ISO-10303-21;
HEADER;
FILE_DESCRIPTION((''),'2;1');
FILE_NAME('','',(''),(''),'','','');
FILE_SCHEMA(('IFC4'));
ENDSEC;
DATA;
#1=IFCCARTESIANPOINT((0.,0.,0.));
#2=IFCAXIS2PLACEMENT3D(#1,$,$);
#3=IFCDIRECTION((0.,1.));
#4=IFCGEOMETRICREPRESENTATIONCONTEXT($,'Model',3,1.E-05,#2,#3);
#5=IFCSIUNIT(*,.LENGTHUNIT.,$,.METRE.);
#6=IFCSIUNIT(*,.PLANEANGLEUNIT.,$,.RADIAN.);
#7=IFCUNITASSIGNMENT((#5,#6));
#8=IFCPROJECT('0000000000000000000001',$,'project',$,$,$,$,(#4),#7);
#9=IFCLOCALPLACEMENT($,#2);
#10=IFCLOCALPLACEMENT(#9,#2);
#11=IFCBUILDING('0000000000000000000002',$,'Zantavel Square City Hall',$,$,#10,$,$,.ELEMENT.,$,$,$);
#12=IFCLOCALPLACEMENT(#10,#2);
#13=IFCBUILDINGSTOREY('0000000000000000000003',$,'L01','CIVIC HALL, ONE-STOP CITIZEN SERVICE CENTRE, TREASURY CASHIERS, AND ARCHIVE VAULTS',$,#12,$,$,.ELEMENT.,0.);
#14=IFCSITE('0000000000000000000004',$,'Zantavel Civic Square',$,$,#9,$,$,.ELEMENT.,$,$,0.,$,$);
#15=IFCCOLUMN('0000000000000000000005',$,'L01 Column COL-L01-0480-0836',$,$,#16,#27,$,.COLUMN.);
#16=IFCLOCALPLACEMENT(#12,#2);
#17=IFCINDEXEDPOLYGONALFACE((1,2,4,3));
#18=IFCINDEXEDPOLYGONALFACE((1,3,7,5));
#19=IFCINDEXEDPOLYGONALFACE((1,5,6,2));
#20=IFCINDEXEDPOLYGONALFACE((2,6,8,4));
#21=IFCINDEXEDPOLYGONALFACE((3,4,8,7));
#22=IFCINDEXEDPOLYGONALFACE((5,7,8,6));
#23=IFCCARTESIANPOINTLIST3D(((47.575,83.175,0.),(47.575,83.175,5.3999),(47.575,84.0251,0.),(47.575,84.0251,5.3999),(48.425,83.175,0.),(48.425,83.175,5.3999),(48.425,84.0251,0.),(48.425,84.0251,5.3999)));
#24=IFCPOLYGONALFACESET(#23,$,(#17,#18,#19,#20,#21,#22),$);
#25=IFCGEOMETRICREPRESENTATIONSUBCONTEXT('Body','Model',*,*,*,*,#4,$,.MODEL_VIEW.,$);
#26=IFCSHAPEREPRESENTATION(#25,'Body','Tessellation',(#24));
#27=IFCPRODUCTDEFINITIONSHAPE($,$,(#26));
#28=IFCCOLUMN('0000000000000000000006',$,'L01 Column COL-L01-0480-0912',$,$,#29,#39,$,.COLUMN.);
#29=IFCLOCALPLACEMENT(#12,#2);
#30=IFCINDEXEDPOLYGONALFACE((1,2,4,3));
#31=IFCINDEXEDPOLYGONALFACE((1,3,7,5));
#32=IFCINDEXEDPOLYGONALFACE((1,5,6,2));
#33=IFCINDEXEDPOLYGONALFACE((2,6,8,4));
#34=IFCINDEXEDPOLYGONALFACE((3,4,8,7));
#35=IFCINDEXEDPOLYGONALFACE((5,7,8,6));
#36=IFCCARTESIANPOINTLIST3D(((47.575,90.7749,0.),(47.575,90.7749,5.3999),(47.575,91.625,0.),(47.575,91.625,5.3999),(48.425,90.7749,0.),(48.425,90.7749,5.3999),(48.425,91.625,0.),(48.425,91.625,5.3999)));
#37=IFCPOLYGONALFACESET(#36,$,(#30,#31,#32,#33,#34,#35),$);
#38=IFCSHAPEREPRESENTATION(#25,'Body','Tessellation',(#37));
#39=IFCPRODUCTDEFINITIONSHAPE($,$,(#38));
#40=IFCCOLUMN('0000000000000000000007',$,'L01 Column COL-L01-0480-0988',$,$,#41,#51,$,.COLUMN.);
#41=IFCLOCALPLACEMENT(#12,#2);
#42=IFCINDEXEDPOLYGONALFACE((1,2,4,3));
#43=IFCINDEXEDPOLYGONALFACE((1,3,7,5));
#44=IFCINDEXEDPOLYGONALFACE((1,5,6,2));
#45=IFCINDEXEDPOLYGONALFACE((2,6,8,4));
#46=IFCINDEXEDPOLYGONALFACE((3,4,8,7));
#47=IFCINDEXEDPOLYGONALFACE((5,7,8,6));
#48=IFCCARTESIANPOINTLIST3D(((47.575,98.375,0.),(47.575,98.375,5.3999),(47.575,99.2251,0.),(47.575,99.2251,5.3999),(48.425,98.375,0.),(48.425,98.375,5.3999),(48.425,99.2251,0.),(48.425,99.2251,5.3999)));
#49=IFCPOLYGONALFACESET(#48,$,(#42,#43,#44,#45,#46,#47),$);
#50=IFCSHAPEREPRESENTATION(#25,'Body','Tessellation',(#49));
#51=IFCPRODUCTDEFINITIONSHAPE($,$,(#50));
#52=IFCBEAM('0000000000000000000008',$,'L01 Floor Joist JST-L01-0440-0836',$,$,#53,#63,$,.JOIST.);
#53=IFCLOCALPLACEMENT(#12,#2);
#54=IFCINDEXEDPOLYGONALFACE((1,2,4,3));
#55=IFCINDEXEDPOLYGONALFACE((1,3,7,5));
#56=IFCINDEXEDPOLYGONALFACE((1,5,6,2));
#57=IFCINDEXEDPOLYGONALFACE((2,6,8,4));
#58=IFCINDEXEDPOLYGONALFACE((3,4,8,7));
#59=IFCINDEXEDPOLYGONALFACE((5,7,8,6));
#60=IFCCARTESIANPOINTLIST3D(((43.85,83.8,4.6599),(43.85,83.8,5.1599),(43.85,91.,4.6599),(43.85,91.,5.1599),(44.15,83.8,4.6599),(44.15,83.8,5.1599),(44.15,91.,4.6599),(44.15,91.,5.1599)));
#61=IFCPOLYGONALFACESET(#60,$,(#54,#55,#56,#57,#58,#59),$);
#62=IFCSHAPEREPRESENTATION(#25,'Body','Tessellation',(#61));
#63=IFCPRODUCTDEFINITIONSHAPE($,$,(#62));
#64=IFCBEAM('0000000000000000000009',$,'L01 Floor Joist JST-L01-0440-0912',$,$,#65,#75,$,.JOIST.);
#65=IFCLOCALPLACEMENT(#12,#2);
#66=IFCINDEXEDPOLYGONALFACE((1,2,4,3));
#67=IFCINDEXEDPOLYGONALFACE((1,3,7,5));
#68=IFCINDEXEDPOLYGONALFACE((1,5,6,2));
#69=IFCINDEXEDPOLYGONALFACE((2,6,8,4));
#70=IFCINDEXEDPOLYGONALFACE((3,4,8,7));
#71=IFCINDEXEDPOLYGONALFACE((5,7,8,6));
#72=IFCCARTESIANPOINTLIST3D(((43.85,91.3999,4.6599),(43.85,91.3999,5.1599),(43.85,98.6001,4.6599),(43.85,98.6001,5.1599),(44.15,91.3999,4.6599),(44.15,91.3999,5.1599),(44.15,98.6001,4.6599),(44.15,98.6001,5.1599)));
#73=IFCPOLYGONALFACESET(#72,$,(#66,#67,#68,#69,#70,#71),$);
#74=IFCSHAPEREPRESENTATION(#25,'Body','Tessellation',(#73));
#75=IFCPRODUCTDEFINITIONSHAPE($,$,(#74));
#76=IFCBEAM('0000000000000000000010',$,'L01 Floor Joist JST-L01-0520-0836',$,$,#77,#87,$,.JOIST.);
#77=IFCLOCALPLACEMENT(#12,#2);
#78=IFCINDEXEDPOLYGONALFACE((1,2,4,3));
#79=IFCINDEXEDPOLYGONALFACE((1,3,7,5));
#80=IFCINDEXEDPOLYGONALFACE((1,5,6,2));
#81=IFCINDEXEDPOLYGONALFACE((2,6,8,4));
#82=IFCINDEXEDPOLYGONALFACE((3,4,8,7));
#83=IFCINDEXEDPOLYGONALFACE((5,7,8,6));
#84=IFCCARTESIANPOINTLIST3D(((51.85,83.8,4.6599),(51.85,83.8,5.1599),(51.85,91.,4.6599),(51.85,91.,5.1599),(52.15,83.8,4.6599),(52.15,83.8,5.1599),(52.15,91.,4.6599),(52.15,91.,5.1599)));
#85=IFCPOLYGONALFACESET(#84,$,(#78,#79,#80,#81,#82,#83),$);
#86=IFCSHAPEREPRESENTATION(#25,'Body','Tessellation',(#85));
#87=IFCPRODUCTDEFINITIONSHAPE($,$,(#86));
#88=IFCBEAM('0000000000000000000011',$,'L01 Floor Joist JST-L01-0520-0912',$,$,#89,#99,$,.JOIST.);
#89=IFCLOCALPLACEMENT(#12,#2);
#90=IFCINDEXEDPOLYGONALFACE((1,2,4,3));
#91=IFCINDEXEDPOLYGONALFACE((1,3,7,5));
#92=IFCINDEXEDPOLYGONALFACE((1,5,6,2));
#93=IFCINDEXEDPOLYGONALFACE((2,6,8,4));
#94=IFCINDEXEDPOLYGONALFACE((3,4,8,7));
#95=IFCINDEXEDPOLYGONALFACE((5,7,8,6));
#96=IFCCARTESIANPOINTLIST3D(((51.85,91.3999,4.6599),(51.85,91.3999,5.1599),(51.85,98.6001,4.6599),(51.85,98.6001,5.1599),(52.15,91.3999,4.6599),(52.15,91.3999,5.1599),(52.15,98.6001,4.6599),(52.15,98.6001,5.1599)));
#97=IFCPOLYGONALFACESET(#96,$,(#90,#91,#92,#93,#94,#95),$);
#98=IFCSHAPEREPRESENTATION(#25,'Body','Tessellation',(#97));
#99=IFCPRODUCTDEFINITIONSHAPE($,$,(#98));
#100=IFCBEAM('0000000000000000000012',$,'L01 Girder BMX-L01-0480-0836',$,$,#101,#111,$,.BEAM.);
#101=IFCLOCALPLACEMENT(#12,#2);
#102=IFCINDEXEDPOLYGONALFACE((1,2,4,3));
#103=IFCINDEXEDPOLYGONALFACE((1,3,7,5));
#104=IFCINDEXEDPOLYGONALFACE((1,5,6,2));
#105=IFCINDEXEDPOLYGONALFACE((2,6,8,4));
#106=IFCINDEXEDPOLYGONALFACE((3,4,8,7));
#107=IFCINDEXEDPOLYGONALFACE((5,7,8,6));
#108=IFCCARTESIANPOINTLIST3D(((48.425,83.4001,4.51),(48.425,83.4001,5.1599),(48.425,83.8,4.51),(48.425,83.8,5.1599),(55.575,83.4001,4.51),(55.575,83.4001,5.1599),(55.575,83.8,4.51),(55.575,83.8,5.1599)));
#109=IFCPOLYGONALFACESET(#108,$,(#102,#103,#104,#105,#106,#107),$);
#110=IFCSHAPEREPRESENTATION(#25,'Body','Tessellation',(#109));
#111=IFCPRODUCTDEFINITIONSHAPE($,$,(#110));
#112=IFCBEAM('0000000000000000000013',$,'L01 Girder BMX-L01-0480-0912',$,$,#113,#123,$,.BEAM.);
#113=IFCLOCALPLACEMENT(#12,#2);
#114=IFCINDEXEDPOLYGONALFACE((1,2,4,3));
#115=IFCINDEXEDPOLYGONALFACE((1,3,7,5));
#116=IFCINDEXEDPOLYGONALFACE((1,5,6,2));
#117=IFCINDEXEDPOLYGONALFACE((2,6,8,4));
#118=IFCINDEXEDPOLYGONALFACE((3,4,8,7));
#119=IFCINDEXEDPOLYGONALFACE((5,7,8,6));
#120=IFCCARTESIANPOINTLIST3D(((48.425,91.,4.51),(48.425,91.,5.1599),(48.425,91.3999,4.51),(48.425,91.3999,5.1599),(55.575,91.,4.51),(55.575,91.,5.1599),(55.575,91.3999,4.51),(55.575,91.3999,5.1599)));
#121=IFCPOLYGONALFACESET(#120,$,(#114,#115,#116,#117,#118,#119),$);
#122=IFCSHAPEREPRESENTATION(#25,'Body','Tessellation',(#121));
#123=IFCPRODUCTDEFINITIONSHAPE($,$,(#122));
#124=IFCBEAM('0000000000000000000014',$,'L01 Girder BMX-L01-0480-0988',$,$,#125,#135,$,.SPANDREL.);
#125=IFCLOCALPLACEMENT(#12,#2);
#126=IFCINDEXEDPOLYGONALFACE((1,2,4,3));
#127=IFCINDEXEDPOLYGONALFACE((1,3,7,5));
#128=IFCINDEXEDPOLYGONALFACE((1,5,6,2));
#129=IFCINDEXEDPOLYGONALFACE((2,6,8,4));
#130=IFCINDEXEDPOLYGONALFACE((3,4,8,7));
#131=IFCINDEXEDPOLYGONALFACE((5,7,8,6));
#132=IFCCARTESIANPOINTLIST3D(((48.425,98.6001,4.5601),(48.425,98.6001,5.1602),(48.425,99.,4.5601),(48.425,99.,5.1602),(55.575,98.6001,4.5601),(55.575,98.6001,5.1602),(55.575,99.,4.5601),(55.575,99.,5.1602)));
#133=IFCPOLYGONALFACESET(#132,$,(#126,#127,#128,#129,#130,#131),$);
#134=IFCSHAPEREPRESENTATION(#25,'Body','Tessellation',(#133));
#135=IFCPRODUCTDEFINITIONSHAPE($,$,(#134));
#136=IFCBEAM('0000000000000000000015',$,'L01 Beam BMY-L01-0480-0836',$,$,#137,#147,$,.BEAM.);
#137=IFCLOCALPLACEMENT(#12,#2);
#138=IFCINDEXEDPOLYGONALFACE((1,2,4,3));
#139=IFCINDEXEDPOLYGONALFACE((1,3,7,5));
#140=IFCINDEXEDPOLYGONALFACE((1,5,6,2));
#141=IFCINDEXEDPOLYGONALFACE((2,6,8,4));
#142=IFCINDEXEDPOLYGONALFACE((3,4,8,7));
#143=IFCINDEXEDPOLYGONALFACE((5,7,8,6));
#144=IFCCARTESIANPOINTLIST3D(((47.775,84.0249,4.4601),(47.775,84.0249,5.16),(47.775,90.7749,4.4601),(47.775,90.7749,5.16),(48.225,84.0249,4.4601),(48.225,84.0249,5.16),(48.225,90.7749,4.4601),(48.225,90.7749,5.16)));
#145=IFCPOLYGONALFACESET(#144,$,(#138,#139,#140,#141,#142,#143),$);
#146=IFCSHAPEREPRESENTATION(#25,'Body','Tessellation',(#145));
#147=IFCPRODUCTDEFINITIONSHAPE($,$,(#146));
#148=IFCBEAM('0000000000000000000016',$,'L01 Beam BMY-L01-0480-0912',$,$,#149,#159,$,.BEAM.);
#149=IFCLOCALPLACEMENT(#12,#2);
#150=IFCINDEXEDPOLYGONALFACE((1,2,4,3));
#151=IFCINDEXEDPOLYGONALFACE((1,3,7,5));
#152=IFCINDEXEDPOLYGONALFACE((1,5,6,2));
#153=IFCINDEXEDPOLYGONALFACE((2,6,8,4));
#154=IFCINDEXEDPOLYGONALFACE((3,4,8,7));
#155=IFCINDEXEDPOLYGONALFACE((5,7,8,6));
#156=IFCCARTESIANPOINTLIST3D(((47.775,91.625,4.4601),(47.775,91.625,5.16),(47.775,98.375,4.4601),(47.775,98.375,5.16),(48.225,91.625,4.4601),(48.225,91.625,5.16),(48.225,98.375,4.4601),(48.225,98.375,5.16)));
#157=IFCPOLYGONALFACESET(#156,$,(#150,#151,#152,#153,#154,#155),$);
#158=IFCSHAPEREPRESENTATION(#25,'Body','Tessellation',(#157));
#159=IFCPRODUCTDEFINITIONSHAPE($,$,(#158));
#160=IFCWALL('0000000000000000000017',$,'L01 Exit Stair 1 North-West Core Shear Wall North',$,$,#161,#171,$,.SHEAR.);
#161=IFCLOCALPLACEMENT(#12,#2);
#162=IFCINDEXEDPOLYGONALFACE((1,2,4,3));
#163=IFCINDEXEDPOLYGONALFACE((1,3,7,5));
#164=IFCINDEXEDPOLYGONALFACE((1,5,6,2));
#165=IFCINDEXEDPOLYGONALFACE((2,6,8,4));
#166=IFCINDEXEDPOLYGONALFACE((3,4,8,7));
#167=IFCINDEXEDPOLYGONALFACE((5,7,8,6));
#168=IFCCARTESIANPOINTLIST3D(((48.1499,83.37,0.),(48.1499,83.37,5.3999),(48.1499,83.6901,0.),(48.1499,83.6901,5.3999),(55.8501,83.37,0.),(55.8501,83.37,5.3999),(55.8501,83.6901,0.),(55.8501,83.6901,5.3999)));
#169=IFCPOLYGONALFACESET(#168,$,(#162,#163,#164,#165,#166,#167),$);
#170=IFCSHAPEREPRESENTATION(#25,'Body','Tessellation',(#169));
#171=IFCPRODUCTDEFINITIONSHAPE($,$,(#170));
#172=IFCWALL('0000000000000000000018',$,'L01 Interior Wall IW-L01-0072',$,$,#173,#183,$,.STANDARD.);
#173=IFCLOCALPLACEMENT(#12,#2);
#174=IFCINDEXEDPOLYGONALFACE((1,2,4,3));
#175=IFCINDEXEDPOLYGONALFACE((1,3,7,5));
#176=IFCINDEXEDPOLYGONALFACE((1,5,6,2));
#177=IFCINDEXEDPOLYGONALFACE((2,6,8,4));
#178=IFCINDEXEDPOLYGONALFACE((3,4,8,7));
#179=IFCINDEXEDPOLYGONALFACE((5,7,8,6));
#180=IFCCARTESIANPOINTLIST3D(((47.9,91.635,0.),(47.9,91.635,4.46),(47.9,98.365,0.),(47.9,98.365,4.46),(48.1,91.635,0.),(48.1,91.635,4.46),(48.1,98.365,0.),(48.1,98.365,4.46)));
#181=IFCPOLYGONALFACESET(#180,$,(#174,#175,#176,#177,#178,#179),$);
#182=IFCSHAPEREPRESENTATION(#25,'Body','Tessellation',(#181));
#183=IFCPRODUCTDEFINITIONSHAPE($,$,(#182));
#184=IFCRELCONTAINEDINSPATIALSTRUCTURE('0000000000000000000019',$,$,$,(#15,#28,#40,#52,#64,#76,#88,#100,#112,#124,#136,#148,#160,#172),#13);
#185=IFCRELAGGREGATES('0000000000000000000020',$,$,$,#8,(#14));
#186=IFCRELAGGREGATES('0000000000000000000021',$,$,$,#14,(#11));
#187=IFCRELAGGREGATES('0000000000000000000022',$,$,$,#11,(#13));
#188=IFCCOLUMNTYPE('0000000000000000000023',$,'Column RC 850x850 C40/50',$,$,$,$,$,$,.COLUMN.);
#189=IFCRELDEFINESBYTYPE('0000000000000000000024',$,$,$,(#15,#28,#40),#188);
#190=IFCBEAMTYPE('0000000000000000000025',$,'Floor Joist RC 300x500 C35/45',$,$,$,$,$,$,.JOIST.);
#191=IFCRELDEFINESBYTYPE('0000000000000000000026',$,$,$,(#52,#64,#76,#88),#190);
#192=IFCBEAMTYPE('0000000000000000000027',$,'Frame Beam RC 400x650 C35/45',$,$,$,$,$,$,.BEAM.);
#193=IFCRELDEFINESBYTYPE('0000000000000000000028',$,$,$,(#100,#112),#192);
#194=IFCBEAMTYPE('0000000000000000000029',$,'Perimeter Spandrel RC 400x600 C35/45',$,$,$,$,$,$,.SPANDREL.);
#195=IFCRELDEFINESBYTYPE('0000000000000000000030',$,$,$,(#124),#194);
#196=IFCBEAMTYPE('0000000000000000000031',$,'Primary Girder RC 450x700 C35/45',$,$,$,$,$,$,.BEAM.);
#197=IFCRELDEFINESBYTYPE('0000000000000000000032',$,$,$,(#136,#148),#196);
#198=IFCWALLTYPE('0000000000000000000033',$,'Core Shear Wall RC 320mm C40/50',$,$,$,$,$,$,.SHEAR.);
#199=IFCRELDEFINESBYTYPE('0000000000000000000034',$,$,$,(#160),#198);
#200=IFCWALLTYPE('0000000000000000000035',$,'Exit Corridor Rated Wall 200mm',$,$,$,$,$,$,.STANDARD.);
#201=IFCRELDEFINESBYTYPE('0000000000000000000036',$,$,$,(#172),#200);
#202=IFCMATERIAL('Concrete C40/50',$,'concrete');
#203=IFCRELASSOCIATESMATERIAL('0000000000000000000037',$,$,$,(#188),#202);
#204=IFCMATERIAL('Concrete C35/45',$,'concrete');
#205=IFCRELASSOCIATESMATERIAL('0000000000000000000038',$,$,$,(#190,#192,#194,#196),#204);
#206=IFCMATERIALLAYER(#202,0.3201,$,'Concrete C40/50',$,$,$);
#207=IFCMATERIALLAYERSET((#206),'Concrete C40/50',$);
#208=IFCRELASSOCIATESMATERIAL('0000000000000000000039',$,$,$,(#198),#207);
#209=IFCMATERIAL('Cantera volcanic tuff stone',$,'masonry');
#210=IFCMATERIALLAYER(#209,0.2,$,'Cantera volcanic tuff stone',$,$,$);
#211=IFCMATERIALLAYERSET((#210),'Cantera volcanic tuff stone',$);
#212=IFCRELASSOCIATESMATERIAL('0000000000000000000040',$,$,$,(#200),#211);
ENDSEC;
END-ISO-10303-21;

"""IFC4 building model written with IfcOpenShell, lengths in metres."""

from ifc_helpers import new_model, si_unit, direction, frame, frame_2d, origin, origin_2d, place, context, subcontext, project, spatial, rectangle, extrude, material, layer, layer_set, material_profile, profile_set, type_object, element, save


model = new_model("IFC4")

# Units and contexts
model_context = context("Model", 3, precision=1e-05, world=origin(), true_north=direction((0.0, 1.0)))
body_context = subcontext(model_context, "Body", "Model", "MODEL_VIEW")
ifc_project = project(units=[si_unit("LENGTHUNIT", "METRE"), si_unit("PLANEANGLEUNIT", "RADIAN")], contexts=[model_context])

# Site, building, storey
site_placement = place(None, origin())
site = spatial("IfcSite", under=ifc_project, at=site_placement, Name="Zantavel Civic Square", CompositionType="ELEMENT", RefElevation=0.0)
building_placement = place(site_placement, origin())
building = spatial("IfcBuilding", under=site, at=building_placement, Name="Zantavel Square City Hall", CompositionType="ELEMENT")
storey_placement = place(building_placement, origin())
storey = spatial("IfcBuildingStorey", under=building, at=storey_placement, Name="L01", Description="CIVIC HALL, ONE-STOP CITIZEN SERVICE CENTRE, TREASURY CASHIERS, AND ARCHIVE VAULTS", CompositionType="ELEMENT", Elevation=0.0)

# Columns
ifc_material_1 = material(Name="Concrete C40/50", Category="concrete")
ifc_material_profile_1 = material_profile(ifc_material_1, rectangle(XDim=0.8501, YDim=0.8501, at=origin_2d()), Name="RC 850x850")
ifc_profile_set_1 = profile_set([ifc_material_profile_1], Name="Concrete C40/50")
column_type = type_object("IfcColumnType", Name="Column RC 850x850 C40/50", PredefinedType="COLUMN", material=ifc_profile_set_1)
for number, where, z_axis, x_axis, name in (
    (1, (48.0, 83.6001, 0.0), (0.0, 0.0, 1.0), (1.0, 0.0, 0.0), "L01 Column COL-L01-0480-0836"),
    (2, (48.0, 91.2, 0.0), (0.0, 0.0, 1.0), (1.0, 0.0, 0.0), "L01 Column COL-L01-0480-0912"),
    (3, (48.0, 98.8, 0.0), (0.0, 0.0, 1.0), (1.0, 0.0, 0.0), "L01 Column COL-L01-0480-0988"),
):
    element("IfcColumn", number, at=place(storey_placement, frame(where, z_axis=z_axis, x_axis=x_axis)), inside=storey, type_object=column_type, Name=name, PredefinedType="COLUMN", context=body_context, shape_type="SweptSolid", body=[
        extrude(rectangle(XDim=0.8501, YDim=0.8501, at=origin_2d()), origin(), (0.0, 0.0, 1.0), 5.3999),
    ])

# Beams
ifc_material_2 = material(Name="Concrete C35/45", Category="concrete")
ifc_material_profile_2 = material_profile(ifc_material_2, rectangle(XDim=0.3, YDim=0.5, at=origin_2d()), Name="RC 300x500")
ifc_profile_set_2 = profile_set([ifc_material_profile_2], Name="Concrete C35/45")
beam_type_1 = type_object("IfcBeamType", Name="Floor Joist RC 300x500 C35/45", PredefinedType="JOIST", material=ifc_profile_set_2)
beam_1_placement = place(storey_placement, frame((44.0, 83.8, 4.9099), z_axis=(0.0, 1.0, 0.0), x_axis=(-1.0, 0.0, 0.0)))
element("IfcBeam", 4, at=beam_1_placement, inside=storey, type_object=beam_type_1, Name="L01 Floor Joist JST-L01-0440-0836", PredefinedType="JOIST", context=body_context, shape_type="SweptSolid", body=[
    extrude(rectangle(XDim=0.3, YDim=0.5, at=origin_2d()), origin(), (0.0, 0.0, 1.0), 7.2),
])
beam_2_placement = place(storey_placement, frame((44.0, 91.3999, 4.9099), z_axis=(0.0, 1.0, 0.0), x_axis=(-1.0, 0.0, 0.0)))
element("IfcBeam", 5, at=beam_2_placement, inside=storey, type_object=beam_type_1, Name="L01 Floor Joist JST-L01-0440-0912", PredefinedType="JOIST", context=body_context, shape_type="SweptSolid", body=[
    extrude(rectangle(XDim=0.3, YDim=0.5, at=origin_2d()), origin(), (0.0, 0.0, 1.0), 7.2002),
])
beam_3_placement = place(storey_placement, frame((52.0, 83.8, 4.9099), z_axis=(0.0, 1.0, 0.0), x_axis=(-1.0, 0.0, 0.0)))
element("IfcBeam", 6, at=beam_3_placement, inside=storey, type_object=beam_type_1, Name="L01 Floor Joist JST-L01-0520-0836", PredefinedType="JOIST", context=body_context, shape_type="SweptSolid", body=[
    extrude(rectangle(XDim=0.3, YDim=0.5, at=origin_2d()), origin(), (0.0, 0.0, 1.0), 7.2),
])
beam_4_placement = place(storey_placement, frame((52.0, 91.3999, 4.9099), z_axis=(0.0, 1.0, 0.0), x_axis=(-1.0, 0.0, 0.0)))
element("IfcBeam", 7, at=beam_4_placement, inside=storey, type_object=beam_type_1, Name="L01 Floor Joist JST-L01-0520-0912", PredefinedType="JOIST", context=body_context, shape_type="SweptSolid", body=[
    extrude(rectangle(XDim=0.3, YDim=0.5, at=origin_2d()), origin(), (0.0, 0.0, 1.0), 7.2002),
])
ifc_material_profile_3 = material_profile(ifc_material_2, rectangle(XDim=0.3999, YDim=0.6499, at=origin_2d()), Name="RC 400x650")
ifc_profile_set_3 = profile_set([ifc_material_profile_3], Name="Concrete C35/45")
beam_type_2 = type_object("IfcBeamType", Name="Frame Beam RC 400x650 C35/45", PredefinedType="BEAM", material=ifc_profile_set_3)
for number, where, z_axis, x_axis, name in (
    (8, (48.425, 83.6001, 4.835), (1.0, 0.0, 0.0), (0.0, 1.0, 0.0), "L01 Girder BMX-L01-0480-0836"),
    (9, (48.425, 91.2, 4.835), (1.0, 0.0, 0.0), (0.0, 1.0, 0.0), "L01 Girder BMX-L01-0480-0912"),
):
    element("IfcBeam", number, at=place(storey_placement, frame(where, z_axis=z_axis, x_axis=x_axis)), inside=storey, type_object=beam_type_2, Name=name, PredefinedType="BEAM", context=body_context, shape_type="SweptSolid", body=[
        extrude(rectangle(XDim=0.3999, YDim=0.6499, at=origin_2d()), origin(), (0.0, 0.0, 1.0), 7.1499),
    ])
ifc_material_profile_4 = material_profile(ifc_material_2, rectangle(XDim=0.3999, YDim=0.6001, at=origin_2d()), Name="RC 400x600")
ifc_profile_set_4 = profile_set([ifc_material_profile_4], Name="Concrete C35/45")
beam_type_3 = type_object("IfcBeamType", Name="Perimeter Spandrel RC 400x600 C35/45", PredefinedType="SPANDREL", material=ifc_profile_set_4)
beam_5_placement = place(storey_placement, frame((48.425, 98.8, 4.8601), z_axis=(1.0, 0.0, 0.0), x_axis=(0.0, 1.0, 0.0)))
element("IfcBeam", 10, at=beam_5_placement, inside=storey, type_object=beam_type_3, Name="L01 Girder BMX-L01-0480-0988", PredefinedType="SPANDREL", context=body_context, shape_type="SweptSolid", body=[
    extrude(rectangle(XDim=0.3999, YDim=0.6001, at=origin_2d()), origin(), (0.0, 0.0, 1.0), 7.1499),
])
ifc_material_profile_5 = material_profile(ifc_material_2, rectangle(XDim=0.45, YDim=0.7, at=origin_2d()), Name="RC 450x700")
ifc_profile_set_5 = profile_set([ifc_material_profile_5], Name="Concrete C35/45")
beam_type_4 = type_object("IfcBeamType", Name="Primary Girder RC 450x700 C35/45", PredefinedType="BEAM", material=ifc_profile_set_5)
for number, where, z_axis, x_axis, name in (
    (11, (48.0, 84.0249, 4.8101), (0.0, 1.0, 0.0), (-1.0, 0.0, 0.0), "L01 Beam BMY-L01-0480-0836"),
    (12, (48.0, 91.625, 4.8101), (0.0, 1.0, 0.0), (-1.0, 0.0, 0.0), "L01 Beam BMY-L01-0480-0912"),
):
    element("IfcBeam", number, at=place(storey_placement, frame(where, z_axis=z_axis, x_axis=x_axis)), inside=storey, type_object=beam_type_4, Name=name, PredefinedType="BEAM", context=body_context, shape_type="SweptSolid", body=[
        extrude(rectangle(XDim=0.45, YDim=0.7, at=origin_2d()), origin(), (0.0, 0.0, 1.0), 6.75),
    ])

# Wall
ifc_layer_1 = layer(ifc_material_1, 0.3201, Name="Concrete C40/50")
ifc_layer_set_1 = layer_set([ifc_layer_1], Name="Concrete C40/50")
wall_type_1 = type_object("IfcWallType", Name="Core Shear Wall RC 320mm C40/50", PredefinedType="SHEAR", material=ifc_layer_set_1)
wall_1_placement = place(storey_placement, frame((48.1499, 83.53, 0.0), z_axis=(0.0, 0.0, 1.0), x_axis=(1.0, 0.0, 0.0)))
element("IfcWall", 13, at=wall_1_placement, inside=storey, type_object=wall_type_1, Name="L01 Exit Stair 1 North-West Core Shear Wall North", PredefinedType="SHEAR", context=body_context, shape_type="SweptSolid", body=[
    extrude(rectangle(XDim=7.7002, YDim=0.3201, at=frame_2d((3.8501, 0.0))), origin(), (0.0, 0.0, 1.0), 5.3999),
])

# Shared definitions
ifc_material_3 = material(Name="Cantera volcanic tuff stone", Category="masonry")
ifc_layer_2 = layer(ifc_material_3, 0.2, Name="Cantera volcanic tuff stone")
ifc_layer_set_2 = layer_set([ifc_layer_2], Name="Cantera volcanic tuff stone")
wall_type_2 = type_object("IfcWallType", Name="Exit Corridor Rated Wall 200mm", PredefinedType="STANDARD", material=ifc_layer_set_2)

# Wall
wall_2_placement = place(storey_placement, frame((48.0, 91.635, 0.0), z_axis=(0.0, 0.0, 1.0), x_axis=(0.0, 1.0, 0.0)))
element("IfcWall", 14, at=wall_2_placement, inside=storey, type_object=wall_type_2, Name="L01 Interior Wall IW-L01-0072", PredefinedType="STANDARD", context=body_context, shape_type="SweptSolid", body=[
    extrude(rectangle(XDim=6.73, YDim=0.2, at=frame_2d((3.365, 0.0))), origin(), (0.0, 0.0, 1.0), 4.46),
])

save(model, "model.ifc")
